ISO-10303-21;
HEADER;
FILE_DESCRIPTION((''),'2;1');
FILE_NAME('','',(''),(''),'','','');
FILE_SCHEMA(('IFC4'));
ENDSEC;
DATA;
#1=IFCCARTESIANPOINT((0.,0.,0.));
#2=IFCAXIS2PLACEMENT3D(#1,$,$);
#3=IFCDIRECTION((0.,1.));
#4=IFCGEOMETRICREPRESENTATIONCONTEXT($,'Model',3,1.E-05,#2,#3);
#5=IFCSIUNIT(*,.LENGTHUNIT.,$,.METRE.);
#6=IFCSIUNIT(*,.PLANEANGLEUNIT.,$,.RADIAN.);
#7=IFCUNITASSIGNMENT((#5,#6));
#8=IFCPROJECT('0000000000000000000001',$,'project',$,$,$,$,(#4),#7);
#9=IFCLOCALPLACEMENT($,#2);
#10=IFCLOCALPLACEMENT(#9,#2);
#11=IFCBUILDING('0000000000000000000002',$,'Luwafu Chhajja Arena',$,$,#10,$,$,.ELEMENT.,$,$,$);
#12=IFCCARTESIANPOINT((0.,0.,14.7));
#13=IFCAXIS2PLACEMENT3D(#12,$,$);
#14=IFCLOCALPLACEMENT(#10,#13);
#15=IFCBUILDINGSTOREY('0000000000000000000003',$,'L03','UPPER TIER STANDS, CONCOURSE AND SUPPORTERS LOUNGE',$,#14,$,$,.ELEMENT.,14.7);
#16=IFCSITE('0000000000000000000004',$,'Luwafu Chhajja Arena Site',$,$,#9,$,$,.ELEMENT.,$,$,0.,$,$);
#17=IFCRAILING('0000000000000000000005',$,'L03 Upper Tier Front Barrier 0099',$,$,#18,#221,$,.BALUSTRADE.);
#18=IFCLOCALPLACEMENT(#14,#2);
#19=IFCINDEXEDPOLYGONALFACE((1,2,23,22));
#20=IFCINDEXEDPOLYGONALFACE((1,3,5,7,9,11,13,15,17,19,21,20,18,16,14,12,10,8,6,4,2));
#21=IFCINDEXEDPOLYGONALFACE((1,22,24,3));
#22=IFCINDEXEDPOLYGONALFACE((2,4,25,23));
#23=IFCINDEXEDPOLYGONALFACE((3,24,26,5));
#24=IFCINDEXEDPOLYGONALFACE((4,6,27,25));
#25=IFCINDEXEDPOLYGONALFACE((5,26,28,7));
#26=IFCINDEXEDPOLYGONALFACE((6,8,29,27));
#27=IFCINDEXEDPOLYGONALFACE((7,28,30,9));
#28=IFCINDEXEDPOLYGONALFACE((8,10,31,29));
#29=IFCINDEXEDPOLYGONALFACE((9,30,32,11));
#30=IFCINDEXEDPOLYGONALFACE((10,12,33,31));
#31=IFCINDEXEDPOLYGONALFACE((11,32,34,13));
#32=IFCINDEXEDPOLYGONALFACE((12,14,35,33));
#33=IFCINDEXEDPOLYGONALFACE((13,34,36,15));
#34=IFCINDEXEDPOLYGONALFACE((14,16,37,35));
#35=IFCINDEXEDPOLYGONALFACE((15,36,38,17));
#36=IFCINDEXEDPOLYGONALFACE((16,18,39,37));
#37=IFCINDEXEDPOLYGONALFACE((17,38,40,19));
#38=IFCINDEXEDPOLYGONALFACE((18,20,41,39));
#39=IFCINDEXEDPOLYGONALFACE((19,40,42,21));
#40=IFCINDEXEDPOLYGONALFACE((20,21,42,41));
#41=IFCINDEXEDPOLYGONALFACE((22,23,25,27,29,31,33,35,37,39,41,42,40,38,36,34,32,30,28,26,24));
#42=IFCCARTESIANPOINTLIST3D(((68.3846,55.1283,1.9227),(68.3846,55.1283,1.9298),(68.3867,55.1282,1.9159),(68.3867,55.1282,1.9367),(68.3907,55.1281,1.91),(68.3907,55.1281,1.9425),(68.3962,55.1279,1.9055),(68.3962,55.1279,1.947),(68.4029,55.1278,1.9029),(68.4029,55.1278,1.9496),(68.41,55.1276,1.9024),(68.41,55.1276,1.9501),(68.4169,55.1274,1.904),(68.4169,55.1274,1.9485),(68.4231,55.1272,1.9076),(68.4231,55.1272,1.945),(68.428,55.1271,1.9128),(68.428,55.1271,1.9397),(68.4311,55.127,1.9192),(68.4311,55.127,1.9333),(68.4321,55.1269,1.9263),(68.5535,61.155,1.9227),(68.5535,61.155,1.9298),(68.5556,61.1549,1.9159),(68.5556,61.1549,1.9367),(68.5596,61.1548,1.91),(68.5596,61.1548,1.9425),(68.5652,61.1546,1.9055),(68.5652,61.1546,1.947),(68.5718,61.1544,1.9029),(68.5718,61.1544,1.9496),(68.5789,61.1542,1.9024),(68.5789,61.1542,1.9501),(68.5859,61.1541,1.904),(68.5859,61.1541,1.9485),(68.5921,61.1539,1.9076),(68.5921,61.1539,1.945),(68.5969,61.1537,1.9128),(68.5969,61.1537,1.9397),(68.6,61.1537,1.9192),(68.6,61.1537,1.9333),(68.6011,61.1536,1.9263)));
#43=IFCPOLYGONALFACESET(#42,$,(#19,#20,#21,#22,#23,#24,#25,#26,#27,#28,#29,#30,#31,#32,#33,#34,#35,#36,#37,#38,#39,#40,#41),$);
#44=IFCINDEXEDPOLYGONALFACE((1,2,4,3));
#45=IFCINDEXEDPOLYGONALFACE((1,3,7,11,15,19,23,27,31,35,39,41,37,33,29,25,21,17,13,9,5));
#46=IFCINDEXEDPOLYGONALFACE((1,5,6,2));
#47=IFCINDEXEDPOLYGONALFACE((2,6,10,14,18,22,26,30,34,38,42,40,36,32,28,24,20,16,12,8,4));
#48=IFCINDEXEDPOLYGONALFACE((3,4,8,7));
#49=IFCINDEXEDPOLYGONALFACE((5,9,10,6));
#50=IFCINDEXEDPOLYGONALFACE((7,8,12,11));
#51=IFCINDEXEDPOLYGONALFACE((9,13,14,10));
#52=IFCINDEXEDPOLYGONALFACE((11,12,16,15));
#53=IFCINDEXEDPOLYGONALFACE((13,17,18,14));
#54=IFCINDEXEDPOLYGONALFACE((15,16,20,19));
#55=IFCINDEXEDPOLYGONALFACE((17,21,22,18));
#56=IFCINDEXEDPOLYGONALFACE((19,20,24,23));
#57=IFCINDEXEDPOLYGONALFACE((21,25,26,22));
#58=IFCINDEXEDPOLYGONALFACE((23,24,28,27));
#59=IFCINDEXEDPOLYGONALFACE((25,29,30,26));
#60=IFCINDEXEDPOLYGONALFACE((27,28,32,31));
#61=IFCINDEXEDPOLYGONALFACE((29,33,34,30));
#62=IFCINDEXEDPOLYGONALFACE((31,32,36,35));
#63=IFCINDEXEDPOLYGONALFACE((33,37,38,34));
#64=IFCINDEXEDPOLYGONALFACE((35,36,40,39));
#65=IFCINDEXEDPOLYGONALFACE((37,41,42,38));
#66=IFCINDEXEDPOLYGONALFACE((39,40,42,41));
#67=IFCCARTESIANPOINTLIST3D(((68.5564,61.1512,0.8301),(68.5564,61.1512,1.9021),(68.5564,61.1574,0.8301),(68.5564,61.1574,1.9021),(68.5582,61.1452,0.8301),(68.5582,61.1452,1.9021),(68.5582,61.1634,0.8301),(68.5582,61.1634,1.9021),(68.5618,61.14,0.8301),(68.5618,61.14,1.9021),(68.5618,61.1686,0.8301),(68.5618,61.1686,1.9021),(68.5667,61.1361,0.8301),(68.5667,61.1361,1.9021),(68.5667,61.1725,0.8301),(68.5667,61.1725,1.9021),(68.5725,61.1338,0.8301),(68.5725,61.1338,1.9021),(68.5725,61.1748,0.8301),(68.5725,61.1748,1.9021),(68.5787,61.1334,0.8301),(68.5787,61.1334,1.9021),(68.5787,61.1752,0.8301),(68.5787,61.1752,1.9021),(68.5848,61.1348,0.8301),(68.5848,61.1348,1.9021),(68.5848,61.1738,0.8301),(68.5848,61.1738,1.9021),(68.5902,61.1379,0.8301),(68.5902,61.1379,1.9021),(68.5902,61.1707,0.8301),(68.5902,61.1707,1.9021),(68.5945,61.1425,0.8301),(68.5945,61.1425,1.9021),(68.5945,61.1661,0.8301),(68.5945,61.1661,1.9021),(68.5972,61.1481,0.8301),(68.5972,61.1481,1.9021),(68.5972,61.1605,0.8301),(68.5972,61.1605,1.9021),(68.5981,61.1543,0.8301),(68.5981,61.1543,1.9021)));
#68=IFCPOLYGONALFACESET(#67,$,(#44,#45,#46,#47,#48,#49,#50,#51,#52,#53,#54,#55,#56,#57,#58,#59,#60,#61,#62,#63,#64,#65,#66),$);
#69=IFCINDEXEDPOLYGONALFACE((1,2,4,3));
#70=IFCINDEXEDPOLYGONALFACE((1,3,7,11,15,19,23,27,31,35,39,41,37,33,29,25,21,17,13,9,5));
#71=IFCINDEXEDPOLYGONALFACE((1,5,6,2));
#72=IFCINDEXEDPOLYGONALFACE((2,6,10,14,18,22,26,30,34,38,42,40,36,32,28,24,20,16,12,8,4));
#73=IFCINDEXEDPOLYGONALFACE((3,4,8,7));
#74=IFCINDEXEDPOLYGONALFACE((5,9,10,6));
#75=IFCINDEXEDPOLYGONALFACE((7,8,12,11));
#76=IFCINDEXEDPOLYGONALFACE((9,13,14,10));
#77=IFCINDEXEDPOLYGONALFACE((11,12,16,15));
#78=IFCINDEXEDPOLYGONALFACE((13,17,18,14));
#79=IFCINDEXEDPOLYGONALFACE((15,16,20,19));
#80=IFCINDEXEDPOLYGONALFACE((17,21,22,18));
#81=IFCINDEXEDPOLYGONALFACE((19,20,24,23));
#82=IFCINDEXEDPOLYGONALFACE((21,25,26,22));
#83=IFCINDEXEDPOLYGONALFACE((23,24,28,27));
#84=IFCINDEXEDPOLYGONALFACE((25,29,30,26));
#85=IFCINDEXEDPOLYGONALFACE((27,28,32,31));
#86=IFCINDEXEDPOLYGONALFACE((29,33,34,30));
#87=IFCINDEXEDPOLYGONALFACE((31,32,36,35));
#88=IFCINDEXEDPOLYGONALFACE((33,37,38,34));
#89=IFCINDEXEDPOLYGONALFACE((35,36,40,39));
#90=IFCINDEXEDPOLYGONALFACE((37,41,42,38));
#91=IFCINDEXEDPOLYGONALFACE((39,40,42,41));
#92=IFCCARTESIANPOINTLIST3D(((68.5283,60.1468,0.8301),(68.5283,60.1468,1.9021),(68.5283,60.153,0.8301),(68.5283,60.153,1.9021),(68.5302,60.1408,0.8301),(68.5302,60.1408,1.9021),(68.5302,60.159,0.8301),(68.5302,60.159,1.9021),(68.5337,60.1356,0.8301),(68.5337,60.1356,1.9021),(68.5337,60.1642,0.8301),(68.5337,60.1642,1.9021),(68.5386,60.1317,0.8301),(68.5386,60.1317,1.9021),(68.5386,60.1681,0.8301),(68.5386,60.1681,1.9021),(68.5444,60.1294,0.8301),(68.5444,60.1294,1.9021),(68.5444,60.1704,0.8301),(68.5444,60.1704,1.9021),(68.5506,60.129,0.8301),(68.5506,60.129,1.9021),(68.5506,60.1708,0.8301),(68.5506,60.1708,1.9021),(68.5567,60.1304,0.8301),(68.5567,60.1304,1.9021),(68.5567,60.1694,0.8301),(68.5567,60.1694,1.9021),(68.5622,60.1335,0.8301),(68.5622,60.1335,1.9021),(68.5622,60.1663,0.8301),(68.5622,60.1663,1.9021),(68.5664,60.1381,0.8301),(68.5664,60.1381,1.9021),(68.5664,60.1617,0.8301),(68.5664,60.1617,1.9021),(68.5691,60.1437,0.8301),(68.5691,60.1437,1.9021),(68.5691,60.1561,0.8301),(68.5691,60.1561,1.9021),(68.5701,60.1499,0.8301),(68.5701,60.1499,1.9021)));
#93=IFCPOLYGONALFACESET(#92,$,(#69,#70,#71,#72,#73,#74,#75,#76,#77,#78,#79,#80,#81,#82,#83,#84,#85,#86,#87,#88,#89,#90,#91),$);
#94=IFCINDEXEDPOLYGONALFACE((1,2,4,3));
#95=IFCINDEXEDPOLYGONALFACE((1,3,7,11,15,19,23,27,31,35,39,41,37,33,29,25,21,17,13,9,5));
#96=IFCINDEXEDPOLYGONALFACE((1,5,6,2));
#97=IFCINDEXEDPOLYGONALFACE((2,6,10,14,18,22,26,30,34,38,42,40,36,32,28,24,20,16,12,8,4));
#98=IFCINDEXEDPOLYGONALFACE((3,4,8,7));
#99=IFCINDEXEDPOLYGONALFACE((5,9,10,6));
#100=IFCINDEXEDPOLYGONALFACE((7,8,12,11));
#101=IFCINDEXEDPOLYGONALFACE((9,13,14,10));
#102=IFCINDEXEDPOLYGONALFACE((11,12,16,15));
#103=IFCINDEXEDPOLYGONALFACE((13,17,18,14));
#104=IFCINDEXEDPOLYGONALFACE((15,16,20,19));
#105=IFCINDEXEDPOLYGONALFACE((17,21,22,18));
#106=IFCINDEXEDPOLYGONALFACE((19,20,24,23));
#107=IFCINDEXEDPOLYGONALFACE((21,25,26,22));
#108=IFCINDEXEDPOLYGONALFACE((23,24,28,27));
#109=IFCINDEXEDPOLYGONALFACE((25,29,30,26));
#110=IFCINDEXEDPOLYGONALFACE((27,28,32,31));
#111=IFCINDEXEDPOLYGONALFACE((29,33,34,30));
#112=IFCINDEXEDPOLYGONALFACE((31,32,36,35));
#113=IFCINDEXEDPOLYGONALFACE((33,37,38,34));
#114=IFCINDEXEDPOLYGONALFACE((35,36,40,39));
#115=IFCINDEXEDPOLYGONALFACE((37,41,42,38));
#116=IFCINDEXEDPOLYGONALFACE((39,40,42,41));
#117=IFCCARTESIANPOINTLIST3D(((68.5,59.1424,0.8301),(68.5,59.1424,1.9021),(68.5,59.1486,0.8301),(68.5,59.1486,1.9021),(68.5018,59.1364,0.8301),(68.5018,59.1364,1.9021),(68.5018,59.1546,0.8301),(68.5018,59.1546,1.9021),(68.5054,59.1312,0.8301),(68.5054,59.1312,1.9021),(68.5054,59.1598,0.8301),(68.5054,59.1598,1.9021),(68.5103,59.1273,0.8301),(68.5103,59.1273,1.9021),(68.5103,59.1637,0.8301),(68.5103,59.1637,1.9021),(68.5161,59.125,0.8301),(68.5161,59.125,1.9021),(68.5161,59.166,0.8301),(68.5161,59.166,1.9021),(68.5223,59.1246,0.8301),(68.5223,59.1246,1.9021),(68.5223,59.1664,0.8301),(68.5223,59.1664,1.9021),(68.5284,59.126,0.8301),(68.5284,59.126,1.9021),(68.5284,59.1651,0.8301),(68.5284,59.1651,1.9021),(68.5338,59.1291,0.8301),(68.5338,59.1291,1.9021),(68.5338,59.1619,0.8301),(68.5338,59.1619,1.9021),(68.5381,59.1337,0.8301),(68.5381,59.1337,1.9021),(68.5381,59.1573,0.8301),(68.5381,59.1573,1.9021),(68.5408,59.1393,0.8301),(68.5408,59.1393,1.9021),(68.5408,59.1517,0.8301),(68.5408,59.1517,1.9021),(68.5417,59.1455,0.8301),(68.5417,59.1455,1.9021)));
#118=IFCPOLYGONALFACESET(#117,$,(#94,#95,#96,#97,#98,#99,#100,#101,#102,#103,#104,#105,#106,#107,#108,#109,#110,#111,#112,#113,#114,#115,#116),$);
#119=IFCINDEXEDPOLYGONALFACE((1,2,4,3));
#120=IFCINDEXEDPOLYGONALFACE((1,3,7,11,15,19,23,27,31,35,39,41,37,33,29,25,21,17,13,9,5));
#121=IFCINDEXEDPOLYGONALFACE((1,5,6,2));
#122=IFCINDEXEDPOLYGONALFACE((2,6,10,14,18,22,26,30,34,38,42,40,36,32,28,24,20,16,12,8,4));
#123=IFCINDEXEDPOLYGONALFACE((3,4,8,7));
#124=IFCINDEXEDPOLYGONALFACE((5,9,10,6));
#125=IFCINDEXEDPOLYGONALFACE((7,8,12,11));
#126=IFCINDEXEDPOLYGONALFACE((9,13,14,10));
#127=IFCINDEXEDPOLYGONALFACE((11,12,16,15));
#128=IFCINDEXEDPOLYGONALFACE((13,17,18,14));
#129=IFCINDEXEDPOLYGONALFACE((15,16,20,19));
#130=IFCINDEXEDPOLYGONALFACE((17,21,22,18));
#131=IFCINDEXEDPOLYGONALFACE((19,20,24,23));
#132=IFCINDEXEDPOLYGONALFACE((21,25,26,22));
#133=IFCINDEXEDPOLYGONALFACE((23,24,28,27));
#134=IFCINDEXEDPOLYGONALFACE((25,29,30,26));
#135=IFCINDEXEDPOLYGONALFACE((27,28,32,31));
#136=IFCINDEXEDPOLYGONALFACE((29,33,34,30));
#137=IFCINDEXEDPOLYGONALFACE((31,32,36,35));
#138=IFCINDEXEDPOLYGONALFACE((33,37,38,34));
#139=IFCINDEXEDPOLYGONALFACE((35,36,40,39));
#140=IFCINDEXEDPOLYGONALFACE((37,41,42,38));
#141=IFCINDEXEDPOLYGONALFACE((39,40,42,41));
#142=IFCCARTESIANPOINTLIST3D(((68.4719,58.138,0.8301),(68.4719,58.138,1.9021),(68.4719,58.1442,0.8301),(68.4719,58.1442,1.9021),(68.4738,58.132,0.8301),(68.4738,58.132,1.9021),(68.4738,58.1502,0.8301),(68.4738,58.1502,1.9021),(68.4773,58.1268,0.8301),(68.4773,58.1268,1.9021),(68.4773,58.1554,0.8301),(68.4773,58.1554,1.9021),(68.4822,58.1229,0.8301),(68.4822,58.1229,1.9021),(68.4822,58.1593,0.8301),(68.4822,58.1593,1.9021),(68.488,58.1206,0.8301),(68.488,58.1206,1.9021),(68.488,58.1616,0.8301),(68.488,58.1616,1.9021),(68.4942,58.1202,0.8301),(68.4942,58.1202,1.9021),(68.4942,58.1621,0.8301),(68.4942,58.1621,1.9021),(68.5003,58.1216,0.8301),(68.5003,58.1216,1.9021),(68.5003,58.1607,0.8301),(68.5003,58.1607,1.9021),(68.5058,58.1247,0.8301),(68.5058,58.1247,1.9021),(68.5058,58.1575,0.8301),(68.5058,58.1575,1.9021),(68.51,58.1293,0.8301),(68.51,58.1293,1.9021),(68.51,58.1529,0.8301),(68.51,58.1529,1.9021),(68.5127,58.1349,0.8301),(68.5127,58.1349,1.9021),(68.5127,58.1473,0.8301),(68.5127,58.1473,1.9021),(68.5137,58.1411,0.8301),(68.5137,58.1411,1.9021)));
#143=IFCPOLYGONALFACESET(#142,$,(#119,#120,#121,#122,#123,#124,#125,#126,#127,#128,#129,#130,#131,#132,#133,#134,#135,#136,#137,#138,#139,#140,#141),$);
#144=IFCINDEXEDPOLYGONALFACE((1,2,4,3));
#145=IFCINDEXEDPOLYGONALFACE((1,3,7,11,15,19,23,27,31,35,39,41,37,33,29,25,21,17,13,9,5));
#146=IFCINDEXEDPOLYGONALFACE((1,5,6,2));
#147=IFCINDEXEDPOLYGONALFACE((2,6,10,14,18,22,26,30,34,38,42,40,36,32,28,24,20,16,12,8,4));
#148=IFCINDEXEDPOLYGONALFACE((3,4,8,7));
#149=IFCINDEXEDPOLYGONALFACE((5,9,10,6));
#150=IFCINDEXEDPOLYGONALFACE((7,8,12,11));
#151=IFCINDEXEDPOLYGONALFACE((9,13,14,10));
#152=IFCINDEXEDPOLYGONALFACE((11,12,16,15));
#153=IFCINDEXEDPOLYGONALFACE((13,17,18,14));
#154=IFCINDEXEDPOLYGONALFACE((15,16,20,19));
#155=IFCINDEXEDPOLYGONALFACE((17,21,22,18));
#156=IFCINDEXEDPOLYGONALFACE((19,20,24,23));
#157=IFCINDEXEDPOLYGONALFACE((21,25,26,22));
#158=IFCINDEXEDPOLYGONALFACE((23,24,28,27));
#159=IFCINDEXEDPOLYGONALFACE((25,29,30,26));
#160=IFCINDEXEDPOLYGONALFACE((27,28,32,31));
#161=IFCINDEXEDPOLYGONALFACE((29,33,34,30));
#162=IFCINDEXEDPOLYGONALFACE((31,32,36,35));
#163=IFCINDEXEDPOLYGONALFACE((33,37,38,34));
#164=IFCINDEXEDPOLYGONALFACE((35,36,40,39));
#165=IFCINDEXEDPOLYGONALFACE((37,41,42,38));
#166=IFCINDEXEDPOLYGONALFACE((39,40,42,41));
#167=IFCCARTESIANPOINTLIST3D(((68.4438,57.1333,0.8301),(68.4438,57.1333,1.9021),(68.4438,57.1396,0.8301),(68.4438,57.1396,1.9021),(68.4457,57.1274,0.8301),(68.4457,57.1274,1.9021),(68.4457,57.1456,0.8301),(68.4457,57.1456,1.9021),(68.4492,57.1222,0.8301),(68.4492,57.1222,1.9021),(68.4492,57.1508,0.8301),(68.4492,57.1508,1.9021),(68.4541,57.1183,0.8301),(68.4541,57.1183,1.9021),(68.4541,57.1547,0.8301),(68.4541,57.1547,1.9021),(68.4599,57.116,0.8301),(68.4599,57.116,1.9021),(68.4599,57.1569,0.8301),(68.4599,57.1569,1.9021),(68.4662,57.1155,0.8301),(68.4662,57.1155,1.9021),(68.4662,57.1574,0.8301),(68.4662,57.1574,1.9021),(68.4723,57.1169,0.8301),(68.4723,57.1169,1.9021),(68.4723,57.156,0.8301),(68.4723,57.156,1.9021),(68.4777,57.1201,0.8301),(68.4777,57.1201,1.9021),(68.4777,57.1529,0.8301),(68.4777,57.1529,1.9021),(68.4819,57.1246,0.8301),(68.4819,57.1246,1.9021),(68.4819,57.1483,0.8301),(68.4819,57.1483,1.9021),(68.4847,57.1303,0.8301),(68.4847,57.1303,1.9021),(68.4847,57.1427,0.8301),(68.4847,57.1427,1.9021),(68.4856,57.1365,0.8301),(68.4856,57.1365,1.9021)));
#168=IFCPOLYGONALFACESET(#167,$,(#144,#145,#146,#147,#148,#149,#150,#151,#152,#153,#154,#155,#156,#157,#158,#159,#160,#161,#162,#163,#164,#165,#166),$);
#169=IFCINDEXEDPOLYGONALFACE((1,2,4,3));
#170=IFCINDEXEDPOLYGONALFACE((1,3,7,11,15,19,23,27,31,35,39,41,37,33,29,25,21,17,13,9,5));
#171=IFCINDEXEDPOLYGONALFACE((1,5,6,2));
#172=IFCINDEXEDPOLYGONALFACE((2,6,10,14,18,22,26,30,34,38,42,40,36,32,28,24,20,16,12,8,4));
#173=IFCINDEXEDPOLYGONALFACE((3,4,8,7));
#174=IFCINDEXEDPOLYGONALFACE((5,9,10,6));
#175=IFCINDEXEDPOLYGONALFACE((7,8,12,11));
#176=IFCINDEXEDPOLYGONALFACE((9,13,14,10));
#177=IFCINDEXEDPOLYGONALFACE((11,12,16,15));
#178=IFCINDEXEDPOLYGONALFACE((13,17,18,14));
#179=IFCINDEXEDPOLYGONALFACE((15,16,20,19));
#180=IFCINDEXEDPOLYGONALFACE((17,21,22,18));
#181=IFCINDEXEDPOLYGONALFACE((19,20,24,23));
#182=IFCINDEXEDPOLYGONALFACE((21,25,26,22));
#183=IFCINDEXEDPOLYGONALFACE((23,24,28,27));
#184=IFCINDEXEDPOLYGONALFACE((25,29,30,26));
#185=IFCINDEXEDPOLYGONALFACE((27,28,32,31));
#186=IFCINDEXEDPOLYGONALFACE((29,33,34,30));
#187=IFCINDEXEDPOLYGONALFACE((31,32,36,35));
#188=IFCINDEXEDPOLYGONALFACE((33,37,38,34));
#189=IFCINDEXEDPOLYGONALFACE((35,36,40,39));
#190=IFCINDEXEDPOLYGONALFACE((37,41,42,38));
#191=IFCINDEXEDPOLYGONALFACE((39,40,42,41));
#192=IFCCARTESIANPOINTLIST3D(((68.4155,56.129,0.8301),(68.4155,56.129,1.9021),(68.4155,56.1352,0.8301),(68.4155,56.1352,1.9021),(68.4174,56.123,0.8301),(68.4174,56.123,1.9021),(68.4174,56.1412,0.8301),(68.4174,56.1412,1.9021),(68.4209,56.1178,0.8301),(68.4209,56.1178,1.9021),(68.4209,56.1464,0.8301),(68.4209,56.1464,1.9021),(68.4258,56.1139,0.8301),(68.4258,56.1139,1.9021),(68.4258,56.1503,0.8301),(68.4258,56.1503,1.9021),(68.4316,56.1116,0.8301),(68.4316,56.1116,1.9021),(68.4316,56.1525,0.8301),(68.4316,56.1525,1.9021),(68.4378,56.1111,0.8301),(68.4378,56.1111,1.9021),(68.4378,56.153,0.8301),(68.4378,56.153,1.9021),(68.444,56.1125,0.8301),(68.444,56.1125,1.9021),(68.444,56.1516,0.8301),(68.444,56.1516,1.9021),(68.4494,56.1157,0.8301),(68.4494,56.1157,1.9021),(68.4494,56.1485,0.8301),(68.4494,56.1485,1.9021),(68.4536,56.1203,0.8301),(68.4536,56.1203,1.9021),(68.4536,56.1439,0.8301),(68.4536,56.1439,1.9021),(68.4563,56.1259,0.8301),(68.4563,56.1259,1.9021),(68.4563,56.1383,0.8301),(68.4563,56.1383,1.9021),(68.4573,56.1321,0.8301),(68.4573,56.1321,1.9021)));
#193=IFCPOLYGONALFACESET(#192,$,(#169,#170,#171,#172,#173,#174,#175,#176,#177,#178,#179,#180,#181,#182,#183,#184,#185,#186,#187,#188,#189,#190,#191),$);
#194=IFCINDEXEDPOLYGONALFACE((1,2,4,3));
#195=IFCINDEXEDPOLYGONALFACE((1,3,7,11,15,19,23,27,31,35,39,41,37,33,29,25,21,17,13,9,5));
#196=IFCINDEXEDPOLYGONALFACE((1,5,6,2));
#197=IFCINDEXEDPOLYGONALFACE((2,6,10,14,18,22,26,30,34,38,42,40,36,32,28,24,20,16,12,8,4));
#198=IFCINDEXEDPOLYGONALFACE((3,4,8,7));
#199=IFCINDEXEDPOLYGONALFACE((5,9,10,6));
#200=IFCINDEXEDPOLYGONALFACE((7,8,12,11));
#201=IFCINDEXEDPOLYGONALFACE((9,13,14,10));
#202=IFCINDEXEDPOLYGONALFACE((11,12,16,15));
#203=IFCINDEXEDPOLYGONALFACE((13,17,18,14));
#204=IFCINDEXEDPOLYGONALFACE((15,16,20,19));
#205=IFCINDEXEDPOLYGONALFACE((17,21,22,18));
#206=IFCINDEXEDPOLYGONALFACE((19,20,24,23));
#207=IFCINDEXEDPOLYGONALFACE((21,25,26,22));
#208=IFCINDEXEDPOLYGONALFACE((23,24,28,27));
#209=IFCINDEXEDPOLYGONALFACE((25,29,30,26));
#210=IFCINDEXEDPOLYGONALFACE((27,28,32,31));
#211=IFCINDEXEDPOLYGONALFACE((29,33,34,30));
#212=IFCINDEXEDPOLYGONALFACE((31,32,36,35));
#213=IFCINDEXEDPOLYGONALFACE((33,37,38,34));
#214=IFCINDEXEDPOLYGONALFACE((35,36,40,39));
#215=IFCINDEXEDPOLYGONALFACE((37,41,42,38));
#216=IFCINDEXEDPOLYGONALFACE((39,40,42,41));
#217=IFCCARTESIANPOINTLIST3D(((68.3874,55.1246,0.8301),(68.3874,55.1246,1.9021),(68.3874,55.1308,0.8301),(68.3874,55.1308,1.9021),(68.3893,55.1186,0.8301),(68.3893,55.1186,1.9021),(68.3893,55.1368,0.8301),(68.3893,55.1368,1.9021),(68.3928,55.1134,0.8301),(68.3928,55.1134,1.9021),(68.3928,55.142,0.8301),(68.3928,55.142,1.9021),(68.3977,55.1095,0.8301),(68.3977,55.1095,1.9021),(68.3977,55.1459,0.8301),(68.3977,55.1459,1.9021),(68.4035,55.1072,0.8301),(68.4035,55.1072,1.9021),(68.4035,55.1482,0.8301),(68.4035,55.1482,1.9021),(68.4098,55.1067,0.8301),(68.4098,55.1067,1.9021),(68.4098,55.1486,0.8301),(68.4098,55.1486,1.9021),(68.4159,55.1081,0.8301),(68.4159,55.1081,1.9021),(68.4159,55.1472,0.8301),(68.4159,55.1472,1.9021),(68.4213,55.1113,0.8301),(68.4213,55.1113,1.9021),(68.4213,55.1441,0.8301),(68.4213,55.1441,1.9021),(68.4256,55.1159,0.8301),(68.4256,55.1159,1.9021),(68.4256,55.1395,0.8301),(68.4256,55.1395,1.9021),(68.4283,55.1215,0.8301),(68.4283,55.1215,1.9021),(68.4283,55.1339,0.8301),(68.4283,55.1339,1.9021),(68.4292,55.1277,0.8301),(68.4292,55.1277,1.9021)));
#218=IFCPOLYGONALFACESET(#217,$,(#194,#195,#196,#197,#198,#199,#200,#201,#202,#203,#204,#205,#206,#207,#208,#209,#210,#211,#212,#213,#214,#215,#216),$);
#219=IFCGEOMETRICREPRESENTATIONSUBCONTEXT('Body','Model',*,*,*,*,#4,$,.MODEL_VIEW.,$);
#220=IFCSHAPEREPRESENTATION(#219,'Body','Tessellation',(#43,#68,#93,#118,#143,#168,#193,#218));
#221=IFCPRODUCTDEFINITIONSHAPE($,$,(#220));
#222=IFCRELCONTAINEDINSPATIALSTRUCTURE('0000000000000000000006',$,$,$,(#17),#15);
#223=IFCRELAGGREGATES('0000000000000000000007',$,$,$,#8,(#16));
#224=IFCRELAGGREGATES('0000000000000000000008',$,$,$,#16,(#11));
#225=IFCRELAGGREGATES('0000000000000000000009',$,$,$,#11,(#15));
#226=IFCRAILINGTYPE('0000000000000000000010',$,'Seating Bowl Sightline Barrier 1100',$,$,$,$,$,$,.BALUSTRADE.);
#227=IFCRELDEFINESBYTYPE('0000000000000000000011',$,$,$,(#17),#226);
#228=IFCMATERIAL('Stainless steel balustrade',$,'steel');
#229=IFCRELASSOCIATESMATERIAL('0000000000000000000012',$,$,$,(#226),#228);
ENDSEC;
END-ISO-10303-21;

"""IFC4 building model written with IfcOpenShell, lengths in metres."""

from ifc_helpers import new_model, si_unit, direction, frame, origin, origin_2d, place, context, subcontext, project, spatial, circle, extrude, material, type_object, element, save


model = new_model("IFC4")

# Units and contexts
model_context = context("Model", 3, precision=1e-05, world=origin(), true_north=direction((0.0, 1.0)))
body_context = subcontext(model_context, "Body", "Model", "MODEL_VIEW")
ifc_project = project(units=[si_unit("LENGTHUNIT", "METRE"), si_unit("PLANEANGLEUNIT", "RADIAN")], contexts=[model_context])

# Site, building, storey
site_placement = place(None, origin())
site = spatial("IfcSite", under=ifc_project, at=site_placement, Name="Luwafu Chhajja Arena Site", CompositionType="ELEMENT", RefElevation=0.0)
building_placement = place(site_placement, origin())
building = spatial("IfcBuilding", under=site, at=building_placement, Name="Luwafu Chhajja Arena", CompositionType="ELEMENT")
storey_placement = place(building_placement, frame((0.0, 0.0, 14.7)))
storey = spatial("IfcBuildingStorey", under=building, at=storey_placement, Name="L03", Description="UPPER TIER STANDS, CONCOURSE AND SUPPORTERS LOUNGE", CompositionType="ELEMENT", Elevation=14.7)

# Railing
ifc_material_1 = material(Name="Stainless steel balustrade", Category="steel")
railing_type_1 = type_object("IfcRailingType", Name="Seating Bowl Sightline Barrier 1100", PredefinedType="BALUSTRADE", material=ifc_material_1)
railing_1_placement = place(storey_placement, frame((68.5771, 61.1543, 0.8301)))
element("IfcRailing", 1, at=railing_1_placement, inside=storey, type_object=railing_type_1, Name="L03 Upper Tier Front Barrier 0099", PredefinedType="BALUSTRADE", context=body_context, shape_type="SweptSolid", body=[
    extrude(circle(Radius=0.0239, at=origin_2d()), frame((0.0, 0.0, 1.0962), z_axis=(-0.028022, -0.999607, 0.0), x_axis=(0.999607, -0.028022, 0.0)), (0.0, 0.0, 1.0), 6.0291),
    extrude(circle(Radius=0.021, at=origin_2d()), origin(), (0.0, 0.0, 1.0), 1.072),
    extrude(circle(Radius=0.021, at=origin_2d()), frame((-0.0281, -1.0044, 0.0)), (0.0, 0.0, 1.0), 1.072),
    extrude(circle(Radius=0.021, at=origin_2d()), frame((-0.0564, -2.0088, 0.0)), (0.0, 0.0, 1.0), 1.072),
    extrude(circle(Radius=0.021, at=origin_2d()), frame((-0.0845, -3.0132, 0.0)), (0.0, 0.0, 1.0), 1.072),
    extrude(circle(Radius=0.021, at=origin_2d()), frame((-0.1125, -4.0178, 0.0)), (0.0, 0.0, 1.0), 1.072),
    extrude(circle(Radius=0.021, at=origin_2d()), frame((-0.1409, -5.0222, 0.0)), (0.0, 0.0, 1.0), 1.072),
    extrude(circle(Radius=0.021, at=origin_2d()), frame((-0.1689, -6.0266, 0.0)), (0.0, 0.0, 1.0), 1.072),
])

save(model, "model.ifc")
